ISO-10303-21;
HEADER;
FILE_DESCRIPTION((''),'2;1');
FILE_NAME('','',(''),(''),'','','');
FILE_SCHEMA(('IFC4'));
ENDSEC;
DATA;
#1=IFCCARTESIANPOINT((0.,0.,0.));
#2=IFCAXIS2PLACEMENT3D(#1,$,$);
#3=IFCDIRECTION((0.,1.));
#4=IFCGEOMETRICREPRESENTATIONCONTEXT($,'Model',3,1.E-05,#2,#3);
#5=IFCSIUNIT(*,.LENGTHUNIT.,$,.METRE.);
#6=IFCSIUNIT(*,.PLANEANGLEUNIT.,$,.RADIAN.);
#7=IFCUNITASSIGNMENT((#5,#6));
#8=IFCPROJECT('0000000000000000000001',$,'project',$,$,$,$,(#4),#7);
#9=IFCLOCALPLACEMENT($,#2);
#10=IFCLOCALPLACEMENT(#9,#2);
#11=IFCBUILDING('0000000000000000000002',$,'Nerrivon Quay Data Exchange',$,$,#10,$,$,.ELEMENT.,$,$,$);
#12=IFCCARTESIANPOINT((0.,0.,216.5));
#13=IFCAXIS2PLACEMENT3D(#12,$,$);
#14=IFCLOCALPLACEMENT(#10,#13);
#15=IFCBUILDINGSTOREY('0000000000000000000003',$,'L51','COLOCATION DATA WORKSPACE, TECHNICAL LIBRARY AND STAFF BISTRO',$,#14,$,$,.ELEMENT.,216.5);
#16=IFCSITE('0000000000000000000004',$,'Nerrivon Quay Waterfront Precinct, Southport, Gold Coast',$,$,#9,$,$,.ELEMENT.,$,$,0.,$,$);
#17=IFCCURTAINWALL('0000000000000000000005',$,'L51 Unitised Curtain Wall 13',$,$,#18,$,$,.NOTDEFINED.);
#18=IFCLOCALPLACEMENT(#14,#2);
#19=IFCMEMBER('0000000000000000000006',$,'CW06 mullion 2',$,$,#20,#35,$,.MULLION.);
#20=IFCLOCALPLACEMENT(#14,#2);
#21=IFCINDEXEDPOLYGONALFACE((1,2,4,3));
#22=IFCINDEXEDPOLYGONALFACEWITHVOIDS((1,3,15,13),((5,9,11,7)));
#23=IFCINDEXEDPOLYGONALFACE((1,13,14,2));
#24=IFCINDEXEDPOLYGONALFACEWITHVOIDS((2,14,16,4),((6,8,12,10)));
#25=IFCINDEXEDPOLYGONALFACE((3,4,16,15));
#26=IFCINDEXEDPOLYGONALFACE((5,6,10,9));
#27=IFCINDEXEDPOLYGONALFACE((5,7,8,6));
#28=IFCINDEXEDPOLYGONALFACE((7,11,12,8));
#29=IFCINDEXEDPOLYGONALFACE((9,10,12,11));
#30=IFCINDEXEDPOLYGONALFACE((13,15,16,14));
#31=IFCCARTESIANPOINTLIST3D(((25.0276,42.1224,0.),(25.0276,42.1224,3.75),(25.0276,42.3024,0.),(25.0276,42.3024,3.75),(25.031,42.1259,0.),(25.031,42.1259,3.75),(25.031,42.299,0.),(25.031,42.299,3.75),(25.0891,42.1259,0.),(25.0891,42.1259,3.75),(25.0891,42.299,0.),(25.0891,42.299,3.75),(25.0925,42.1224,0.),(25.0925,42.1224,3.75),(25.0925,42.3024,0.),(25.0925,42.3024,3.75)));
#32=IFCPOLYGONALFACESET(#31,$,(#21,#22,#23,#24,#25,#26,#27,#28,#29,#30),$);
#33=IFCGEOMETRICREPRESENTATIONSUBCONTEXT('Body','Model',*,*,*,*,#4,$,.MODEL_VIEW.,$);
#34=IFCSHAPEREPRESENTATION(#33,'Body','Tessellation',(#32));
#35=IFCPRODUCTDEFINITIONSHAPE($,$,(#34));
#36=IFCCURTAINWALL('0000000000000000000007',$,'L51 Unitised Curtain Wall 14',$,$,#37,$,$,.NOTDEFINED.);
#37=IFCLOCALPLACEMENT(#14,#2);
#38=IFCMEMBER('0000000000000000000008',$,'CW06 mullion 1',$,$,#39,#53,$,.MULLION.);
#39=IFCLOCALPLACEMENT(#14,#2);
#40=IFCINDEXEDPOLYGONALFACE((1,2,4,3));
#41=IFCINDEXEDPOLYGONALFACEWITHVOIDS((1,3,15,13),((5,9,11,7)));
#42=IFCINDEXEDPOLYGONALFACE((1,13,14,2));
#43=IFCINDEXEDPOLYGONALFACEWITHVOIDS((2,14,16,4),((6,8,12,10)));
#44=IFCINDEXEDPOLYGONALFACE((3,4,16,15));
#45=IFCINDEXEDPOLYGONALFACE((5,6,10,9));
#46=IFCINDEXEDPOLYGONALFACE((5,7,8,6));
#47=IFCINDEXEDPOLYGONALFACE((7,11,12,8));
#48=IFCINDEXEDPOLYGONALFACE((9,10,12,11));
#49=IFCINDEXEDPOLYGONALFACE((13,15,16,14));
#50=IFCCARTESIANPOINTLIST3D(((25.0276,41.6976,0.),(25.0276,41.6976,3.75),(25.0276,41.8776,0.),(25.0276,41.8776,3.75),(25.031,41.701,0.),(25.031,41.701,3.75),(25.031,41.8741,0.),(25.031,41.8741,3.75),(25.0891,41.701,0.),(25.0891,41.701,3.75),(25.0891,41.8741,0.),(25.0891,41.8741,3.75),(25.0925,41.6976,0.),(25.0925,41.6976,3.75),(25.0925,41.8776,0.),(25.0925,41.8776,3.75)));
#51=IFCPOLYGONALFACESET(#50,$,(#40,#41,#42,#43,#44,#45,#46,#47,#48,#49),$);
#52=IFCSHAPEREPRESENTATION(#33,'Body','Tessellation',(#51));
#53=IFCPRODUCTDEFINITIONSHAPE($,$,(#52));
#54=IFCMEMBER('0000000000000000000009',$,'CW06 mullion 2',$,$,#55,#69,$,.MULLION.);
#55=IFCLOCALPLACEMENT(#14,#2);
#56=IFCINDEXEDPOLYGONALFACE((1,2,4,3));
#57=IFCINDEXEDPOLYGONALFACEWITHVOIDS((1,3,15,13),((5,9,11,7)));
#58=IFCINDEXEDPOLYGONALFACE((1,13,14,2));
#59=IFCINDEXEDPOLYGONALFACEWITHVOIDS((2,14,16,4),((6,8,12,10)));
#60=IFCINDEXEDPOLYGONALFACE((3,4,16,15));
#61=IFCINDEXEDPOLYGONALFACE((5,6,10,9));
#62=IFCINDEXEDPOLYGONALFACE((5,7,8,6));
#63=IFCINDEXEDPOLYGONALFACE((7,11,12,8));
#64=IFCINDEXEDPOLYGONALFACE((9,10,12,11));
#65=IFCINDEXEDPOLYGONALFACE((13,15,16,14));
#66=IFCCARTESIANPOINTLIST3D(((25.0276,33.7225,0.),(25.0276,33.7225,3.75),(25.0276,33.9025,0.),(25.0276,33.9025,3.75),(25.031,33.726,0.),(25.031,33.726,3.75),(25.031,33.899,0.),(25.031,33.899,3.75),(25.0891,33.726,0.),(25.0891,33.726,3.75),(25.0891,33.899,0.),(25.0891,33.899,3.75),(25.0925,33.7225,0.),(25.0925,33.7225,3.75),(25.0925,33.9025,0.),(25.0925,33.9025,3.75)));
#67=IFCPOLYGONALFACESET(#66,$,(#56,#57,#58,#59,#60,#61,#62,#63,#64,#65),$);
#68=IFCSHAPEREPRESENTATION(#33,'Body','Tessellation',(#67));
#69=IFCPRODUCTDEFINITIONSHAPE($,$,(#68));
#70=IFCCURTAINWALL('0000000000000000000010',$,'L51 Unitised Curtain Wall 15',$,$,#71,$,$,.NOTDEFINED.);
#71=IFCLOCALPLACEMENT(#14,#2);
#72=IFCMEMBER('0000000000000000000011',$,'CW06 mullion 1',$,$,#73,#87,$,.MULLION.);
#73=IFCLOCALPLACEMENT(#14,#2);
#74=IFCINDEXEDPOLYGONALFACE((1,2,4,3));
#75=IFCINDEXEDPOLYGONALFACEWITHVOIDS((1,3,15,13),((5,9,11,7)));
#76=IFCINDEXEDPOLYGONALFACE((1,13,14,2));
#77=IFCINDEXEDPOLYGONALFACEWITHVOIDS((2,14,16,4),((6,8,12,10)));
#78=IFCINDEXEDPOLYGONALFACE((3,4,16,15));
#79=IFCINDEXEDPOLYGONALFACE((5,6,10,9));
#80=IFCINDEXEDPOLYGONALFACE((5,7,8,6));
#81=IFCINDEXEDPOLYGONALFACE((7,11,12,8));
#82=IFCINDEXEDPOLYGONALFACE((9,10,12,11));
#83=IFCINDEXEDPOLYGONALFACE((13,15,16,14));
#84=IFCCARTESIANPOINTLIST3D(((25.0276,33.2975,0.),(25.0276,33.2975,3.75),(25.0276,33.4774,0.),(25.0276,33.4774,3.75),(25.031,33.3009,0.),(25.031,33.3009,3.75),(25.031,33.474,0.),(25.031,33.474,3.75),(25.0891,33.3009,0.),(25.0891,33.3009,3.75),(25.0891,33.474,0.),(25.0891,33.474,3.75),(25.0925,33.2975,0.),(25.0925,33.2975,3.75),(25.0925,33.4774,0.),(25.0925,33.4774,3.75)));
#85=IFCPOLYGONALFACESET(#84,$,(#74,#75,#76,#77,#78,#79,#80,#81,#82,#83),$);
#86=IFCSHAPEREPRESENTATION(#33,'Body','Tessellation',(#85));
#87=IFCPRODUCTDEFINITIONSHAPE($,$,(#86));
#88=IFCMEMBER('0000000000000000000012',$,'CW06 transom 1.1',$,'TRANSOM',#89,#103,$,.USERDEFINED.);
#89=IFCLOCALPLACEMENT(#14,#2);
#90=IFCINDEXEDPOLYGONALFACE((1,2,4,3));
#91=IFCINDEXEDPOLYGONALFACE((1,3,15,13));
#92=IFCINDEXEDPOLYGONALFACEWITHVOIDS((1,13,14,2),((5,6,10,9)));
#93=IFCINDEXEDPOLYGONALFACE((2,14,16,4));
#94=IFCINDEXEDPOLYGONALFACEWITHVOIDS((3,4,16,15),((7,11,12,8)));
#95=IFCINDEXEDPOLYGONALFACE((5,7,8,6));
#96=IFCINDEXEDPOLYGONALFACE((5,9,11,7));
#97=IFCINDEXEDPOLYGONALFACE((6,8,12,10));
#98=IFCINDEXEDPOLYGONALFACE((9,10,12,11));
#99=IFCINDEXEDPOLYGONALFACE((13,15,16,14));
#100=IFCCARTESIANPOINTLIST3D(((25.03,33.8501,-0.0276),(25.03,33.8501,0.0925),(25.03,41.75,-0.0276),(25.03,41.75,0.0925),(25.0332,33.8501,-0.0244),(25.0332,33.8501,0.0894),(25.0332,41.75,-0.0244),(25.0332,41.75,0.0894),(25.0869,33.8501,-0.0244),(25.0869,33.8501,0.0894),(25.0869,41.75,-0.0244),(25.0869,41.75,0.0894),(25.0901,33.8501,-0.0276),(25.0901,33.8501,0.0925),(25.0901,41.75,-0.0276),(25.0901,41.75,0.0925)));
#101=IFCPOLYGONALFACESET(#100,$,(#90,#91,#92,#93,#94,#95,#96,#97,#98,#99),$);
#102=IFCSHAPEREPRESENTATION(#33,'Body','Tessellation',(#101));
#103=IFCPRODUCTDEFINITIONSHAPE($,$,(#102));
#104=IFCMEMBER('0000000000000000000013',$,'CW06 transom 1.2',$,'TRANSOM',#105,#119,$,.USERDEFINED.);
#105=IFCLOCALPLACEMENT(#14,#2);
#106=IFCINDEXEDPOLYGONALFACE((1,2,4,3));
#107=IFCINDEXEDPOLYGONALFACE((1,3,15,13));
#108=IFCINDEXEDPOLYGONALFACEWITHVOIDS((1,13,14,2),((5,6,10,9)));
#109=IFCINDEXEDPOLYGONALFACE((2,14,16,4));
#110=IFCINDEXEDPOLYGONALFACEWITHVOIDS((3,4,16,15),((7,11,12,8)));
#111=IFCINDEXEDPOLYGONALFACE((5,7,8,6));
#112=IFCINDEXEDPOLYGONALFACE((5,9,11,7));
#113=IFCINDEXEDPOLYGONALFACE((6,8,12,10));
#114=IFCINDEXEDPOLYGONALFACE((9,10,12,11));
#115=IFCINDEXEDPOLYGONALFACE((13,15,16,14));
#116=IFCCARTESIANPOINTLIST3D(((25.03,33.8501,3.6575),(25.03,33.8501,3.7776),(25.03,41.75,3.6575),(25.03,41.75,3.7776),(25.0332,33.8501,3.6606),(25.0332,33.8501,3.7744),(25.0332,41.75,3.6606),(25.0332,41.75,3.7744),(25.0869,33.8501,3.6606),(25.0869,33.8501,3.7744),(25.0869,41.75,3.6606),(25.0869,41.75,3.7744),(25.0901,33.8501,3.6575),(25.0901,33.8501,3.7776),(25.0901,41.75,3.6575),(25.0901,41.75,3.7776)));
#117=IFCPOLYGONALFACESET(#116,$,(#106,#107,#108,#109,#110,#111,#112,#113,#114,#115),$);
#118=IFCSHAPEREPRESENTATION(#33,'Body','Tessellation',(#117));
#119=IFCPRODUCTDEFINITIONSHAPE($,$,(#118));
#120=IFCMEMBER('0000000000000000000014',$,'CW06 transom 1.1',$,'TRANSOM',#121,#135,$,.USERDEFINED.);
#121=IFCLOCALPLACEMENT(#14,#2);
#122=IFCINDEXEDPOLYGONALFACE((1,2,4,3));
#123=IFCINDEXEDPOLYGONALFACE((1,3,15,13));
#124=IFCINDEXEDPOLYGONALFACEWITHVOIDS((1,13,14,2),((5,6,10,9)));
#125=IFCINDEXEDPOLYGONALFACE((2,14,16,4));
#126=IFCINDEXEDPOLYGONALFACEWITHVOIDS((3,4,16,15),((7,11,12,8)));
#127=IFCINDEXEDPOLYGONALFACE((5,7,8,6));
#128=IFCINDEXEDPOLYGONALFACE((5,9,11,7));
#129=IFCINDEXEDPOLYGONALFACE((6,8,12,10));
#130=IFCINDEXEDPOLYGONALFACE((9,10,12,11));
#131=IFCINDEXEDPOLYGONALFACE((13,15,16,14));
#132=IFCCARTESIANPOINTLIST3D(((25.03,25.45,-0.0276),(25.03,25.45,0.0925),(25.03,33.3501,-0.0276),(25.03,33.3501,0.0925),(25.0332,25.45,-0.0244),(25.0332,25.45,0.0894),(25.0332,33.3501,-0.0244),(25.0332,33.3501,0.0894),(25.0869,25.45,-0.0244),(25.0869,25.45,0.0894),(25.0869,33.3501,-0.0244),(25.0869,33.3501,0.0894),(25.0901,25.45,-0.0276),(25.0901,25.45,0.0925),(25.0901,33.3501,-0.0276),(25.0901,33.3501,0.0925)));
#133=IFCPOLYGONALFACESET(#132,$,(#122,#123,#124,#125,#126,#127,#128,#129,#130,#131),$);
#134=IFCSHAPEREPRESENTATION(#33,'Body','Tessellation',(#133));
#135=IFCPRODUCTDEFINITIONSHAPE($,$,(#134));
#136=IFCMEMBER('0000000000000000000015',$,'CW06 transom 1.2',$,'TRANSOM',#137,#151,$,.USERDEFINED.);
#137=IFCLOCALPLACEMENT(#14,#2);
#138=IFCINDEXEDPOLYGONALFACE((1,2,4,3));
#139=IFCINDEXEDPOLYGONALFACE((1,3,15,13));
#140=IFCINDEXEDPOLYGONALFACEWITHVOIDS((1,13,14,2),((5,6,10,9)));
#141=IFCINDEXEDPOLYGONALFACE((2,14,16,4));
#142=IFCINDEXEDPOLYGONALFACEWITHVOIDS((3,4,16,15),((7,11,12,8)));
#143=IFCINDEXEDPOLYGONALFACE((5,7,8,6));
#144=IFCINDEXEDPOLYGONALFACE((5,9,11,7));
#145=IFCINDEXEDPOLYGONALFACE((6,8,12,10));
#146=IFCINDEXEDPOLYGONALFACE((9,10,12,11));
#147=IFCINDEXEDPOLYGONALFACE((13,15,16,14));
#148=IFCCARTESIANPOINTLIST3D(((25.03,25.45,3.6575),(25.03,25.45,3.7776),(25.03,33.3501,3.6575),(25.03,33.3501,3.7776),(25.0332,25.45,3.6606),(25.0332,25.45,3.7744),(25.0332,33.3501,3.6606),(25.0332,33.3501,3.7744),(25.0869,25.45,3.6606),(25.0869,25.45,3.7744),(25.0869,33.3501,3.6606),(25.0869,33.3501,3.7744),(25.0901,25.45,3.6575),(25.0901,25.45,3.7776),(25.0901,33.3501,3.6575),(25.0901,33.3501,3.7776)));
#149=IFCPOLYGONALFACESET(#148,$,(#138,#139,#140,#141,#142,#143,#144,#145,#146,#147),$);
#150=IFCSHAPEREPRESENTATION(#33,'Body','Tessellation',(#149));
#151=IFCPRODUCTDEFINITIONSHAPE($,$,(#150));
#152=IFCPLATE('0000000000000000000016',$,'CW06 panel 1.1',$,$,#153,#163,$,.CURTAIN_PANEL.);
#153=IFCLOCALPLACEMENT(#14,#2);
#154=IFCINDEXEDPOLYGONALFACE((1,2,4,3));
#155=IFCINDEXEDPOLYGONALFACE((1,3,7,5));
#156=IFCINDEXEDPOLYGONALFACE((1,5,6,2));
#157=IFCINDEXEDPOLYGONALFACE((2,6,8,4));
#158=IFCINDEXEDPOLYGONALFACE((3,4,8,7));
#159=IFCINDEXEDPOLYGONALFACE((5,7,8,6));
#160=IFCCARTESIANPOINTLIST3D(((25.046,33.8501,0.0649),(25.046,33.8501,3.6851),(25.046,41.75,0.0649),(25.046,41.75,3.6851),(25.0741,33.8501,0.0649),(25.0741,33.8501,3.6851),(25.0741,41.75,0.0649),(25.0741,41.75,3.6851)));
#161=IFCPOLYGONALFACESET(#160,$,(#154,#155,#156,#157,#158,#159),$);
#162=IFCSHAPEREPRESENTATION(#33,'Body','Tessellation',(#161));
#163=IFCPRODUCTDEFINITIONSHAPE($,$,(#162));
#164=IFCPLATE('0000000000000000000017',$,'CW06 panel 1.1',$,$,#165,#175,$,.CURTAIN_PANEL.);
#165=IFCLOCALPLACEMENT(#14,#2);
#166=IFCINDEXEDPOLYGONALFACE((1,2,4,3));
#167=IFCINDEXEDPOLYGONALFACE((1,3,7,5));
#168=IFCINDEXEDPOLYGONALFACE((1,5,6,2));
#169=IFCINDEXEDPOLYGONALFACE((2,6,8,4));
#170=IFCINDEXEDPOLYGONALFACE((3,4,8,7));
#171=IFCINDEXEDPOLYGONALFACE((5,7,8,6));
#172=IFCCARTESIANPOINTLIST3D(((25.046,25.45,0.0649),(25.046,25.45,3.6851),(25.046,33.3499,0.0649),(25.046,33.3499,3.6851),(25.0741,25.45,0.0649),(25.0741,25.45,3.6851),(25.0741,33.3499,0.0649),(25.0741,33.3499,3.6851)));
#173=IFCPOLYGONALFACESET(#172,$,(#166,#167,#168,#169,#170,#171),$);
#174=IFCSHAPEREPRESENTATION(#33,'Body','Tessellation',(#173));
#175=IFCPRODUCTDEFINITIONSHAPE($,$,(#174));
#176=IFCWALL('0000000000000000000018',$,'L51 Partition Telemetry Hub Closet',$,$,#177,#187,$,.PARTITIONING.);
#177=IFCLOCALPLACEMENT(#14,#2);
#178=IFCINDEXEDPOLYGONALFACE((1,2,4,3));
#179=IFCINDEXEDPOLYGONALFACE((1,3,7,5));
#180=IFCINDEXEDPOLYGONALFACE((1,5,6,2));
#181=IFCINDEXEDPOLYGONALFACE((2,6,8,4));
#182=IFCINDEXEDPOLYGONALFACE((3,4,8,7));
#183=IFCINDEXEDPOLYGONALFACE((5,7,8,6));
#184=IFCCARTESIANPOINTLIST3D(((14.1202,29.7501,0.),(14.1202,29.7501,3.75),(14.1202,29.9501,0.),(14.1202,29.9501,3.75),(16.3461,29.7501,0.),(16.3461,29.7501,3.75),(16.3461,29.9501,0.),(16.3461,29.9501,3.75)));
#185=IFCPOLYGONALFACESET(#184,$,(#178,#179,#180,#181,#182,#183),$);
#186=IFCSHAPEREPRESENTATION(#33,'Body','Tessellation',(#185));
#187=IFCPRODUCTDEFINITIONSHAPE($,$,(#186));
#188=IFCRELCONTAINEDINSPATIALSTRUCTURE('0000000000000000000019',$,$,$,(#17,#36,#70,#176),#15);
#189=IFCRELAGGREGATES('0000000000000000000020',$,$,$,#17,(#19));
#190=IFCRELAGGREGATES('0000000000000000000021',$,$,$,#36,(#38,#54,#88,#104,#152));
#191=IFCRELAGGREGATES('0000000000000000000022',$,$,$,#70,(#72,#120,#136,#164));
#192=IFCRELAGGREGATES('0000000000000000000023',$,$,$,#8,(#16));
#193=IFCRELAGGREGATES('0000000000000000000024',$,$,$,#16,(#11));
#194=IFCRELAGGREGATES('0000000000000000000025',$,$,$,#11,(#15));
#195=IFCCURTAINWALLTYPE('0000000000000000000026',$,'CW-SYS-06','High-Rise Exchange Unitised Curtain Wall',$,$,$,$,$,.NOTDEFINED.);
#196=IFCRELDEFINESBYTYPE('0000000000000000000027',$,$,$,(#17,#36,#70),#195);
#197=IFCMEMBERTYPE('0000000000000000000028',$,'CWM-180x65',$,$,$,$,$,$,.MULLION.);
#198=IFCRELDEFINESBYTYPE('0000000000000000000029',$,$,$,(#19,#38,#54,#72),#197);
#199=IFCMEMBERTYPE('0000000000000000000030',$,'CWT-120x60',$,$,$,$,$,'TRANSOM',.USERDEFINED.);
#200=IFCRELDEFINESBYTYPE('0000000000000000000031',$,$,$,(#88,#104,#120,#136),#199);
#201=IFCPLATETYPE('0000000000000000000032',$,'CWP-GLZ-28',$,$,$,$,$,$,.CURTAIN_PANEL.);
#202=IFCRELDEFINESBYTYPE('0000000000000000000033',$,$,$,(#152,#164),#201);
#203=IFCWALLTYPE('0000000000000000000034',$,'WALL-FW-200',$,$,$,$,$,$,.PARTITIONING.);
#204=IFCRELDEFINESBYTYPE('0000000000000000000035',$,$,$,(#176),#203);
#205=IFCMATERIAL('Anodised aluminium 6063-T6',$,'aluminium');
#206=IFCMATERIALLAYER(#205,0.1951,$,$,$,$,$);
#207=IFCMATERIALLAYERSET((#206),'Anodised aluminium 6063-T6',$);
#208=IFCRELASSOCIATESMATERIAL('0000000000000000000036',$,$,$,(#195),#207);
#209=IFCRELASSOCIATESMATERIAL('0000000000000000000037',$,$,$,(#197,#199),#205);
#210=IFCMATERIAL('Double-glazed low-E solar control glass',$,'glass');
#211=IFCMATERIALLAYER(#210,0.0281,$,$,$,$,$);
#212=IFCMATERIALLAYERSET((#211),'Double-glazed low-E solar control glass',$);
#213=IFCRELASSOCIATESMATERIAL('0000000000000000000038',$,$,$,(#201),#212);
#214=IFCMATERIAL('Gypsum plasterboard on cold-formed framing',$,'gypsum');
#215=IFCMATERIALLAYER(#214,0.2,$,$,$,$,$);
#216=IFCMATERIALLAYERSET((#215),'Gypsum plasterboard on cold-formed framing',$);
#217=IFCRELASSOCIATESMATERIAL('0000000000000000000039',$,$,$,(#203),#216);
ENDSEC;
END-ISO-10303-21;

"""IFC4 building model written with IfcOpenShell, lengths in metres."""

from ifc_helpers import new_model, si_unit, direction, frame, frame_2d, origin, origin_2d, place, context, subcontext, project, spatial, rectangle, hollow_rectangle, extrude, material, layer, layer_set, material_profile, profile_set, type_object, element, aggregate, save


model = new_model("IFC4")

# Units and contexts
model_context = context("Model", 3, precision=1e-05, world=origin(), true_north=direction((0.0, 1.0)))
body_context = subcontext(model_context, "Body", "Model", "MODEL_VIEW")
ifc_project = project(units=[si_unit("LENGTHUNIT", "METRE"), si_unit("PLANEANGLEUNIT", "RADIAN")], contexts=[model_context])

# Site, building, storey
site_placement = place(None, origin())
site = spatial("IfcSite", under=ifc_project, at=site_placement, Name="Nerrivon Quay Waterfront Precinct, Southport, Gold Coast", CompositionType="ELEMENT", RefElevation=0.0)
building_placement = place(site_placement, origin())
building = spatial("IfcBuilding", under=site, at=building_placement, Name="Nerrivon Quay Data Exchange", CompositionType="ELEMENT")
storey_placement = place(building_placement, frame((0.0, 0.0, 216.5)))
storey = spatial("IfcBuildingStorey", under=building, at=storey_placement, Name="L51", Description="COLOCATION DATA WORKSPACE, TECHNICAL LIBRARY AND STAFF BISTRO", CompositionType="ELEMENT", Elevation=216.5)

# Curtain wall, member
ifc_material_1 = material(Name="Anodised aluminium 6063-T6", Category="aluminium")
ifc_layer_1 = layer(ifc_material_1, 0.1951)
ifc_layer_set_1 = layer_set([ifc_layer_1], Name="Anodised aluminium 6063-T6")
curtain_wall_type = type_object("IfcCurtainWallType", Name="CW-SYS-06", Description="High-Rise Exchange Unitised Curtain Wall", PredefinedType="NOTDEFINED", material=ifc_layer_set_1)
curtain_wall_1_placement = place(storey_placement, origin())
curtain_wall_1 = element("IfcCurtainWall", 1, at=curtain_wall_1_placement, inside=storey, type_object=curtain_wall_type, Name="L51 Unitised Curtain Wall 13", PredefinedType="NOTDEFINED")
ifc_material_profile_1 = material_profile(ifc_material_1, hollow_rectangle(XDim=0.0649, YDim=0.1799, WallThickness=0.0034, at=origin_2d()), Name="ALU-MULL-180x65")
ifc_profile_set_1 = profile_set([ifc_material_profile_1], Name="Anodised aluminium 6063-T6")
member_type_1 = type_object("IfcMemberType", Name="CWM-180x65", PredefinedType="MULLION", material=ifc_profile_set_1)
member_1_placement = place(storey_placement, frame((25.0601, 42.2124, 0.0), z_axis=(0.0, 0.0, 1.0), x_axis=(1.0, 0.0, 0.0)))
member_1 = element("IfcMember", 2, at=member_1_placement, type_object=member_type_1, Name="CW06 mullion 2", PredefinedType="MULLION", context=body_context, shape_type="SweptSolid", body=[
    extrude(hollow_rectangle(XDim=0.0649, YDim=0.1799, WallThickness=0.0034, at=origin_2d()), origin(), (0.0, 0.0, 1.0), 3.75),
])
aggregate(curtain_wall_1, [member_1])

# Curtain wall, members
curtain_wall_2_placement = place(storey_placement, origin())
curtain_wall_2 = element("IfcCurtainWall", 3, at=curtain_wall_2_placement, inside=storey, type_object=curtain_wall_type, Name="L51 Unitised Curtain Wall 14", PredefinedType="NOTDEFINED")
member_2_placement = place(storey_placement, frame((25.0601, 41.7876, 0.0), z_axis=(0.0, 0.0, 1.0), x_axis=(1.0, 0.0, 0.0)))
member_2 = element("IfcMember", 4, at=member_2_placement, type_object=member_type_1, Name="CW06 mullion 1", PredefinedType="MULLION", context=body_context, shape_type="SweptSolid", body=[
    extrude(hollow_rectangle(XDim=0.0649, YDim=0.1799, WallThickness=0.0034, at=origin_2d()), origin(), (0.0, 0.0, 1.0), 3.75),
])
member_3_placement = place(storey_placement, frame((25.0601, 33.8125, 0.0), z_axis=(0.0, 0.0, 1.0), x_axis=(1.0, 0.0, 0.0)))
member_3 = element("IfcMember", 5, at=member_3_placement, type_object=member_type_1, Name="CW06 mullion 2", PredefinedType="MULLION", context=body_context, shape_type="SweptSolid", body=[
    extrude(hollow_rectangle(XDim=0.0649, YDim=0.1799, WallThickness=0.0034, at=origin_2d()), origin(), (0.0, 0.0, 1.0), 3.75),
])

# Curtain wall, member
curtain_wall_3_placement = place(storey_placement, origin())
curtain_wall_3 = element("IfcCurtainWall", 6, at=curtain_wall_3_placement, inside=storey, type_object=curtain_wall_type, Name="L51 Unitised Curtain Wall 15", PredefinedType="NOTDEFINED")
member_4_placement = place(storey_placement, frame((25.0601, 33.3875, 0.0), z_axis=(0.0, 0.0, 1.0), x_axis=(1.0, 0.0, 0.0)))
member_4 = element("IfcMember", 7, at=member_4_placement, type_object=member_type_1, Name="CW06 mullion 1", PredefinedType="MULLION", context=body_context, shape_type="SweptSolid", body=[
    extrude(hollow_rectangle(XDim=0.0649, YDim=0.1799, WallThickness=0.0034, at=origin_2d()), origin(), (0.0, 0.0, 1.0), 3.75),
])

# Members
ifc_material_profile_2 = material_profile(ifc_material_1, hollow_rectangle(XDim=0.0601, YDim=0.1201, WallThickness=0.0032, at=origin_2d()), Name="ALU-TRAN-120x60")
ifc_profile_set_2 = profile_set([ifc_material_profile_2], Name="Anodised aluminium 6063-T6")
member_type_2 = type_object("IfcMemberType", Name="CWT-120x60", ElementType="TRANSOM", PredefinedType="USERDEFINED", material=ifc_profile_set_2)
member_5_placement = place(storey_placement, frame((25.0601, 41.75, 0.0325), z_axis=(0.0, -1.0, 0.0), x_axis=(1.0, 0.0, 0.0)))
member_5 = element("IfcMember", 8, at=member_5_placement, type_object=member_type_2, Name="CW06 transom 1.1", ObjectType="TRANSOM", PredefinedType="USERDEFINED", context=body_context, shape_type="SweptSolid", body=[
    extrude(hollow_rectangle(XDim=0.0601, YDim=0.1201, WallThickness=0.0032, at=origin_2d()), origin(), (0.0, 0.0, 1.0), 7.8999),
])
member_6_placement = place(storey_placement, frame((25.0601, 41.75, 3.7175), z_axis=(0.0, -1.0, 0.0), x_axis=(1.0, 0.0, 0.0)))
member_6 = element("IfcMember", 9, at=member_6_placement, type_object=member_type_2, Name="CW06 transom 1.2", ObjectType="TRANSOM", PredefinedType="USERDEFINED", context=body_context, shape_type="SweptSolid", body=[
    extrude(hollow_rectangle(XDim=0.0601, YDim=0.1201, WallThickness=0.0032, at=origin_2d()), origin(), (0.0, 0.0, 1.0), 7.8999),
])
member_7_placement = place(storey_placement, frame((25.0601, 33.3501, 0.0325), z_axis=(0.0, -1.0, 0.0), x_axis=(1.0, 0.0, 0.0)))
member_7 = element("IfcMember", 10, at=member_7_placement, type_object=member_type_2, Name="CW06 transom 1.1", ObjectType="TRANSOM", PredefinedType="USERDEFINED", context=body_context, shape_type="SweptSolid", body=[
    extrude(hollow_rectangle(XDim=0.0601, YDim=0.1201, WallThickness=0.0032, at=origin_2d()), origin(), (0.0, 0.0, 1.0), 7.9001),
])
member_8_placement = place(storey_placement, frame((25.0601, 33.3501, 3.7175), z_axis=(0.0, -1.0, 0.0), x_axis=(1.0, 0.0, 0.0)))
member_8 = element("IfcMember", 11, at=member_8_placement, type_object=member_type_2, Name="CW06 transom 1.2", ObjectType="TRANSOM", PredefinedType="USERDEFINED", context=body_context, shape_type="SweptSolid", body=[
    extrude(hollow_rectangle(XDim=0.0601, YDim=0.1201, WallThickness=0.0032, at=origin_2d()), origin(), (0.0, 0.0, 1.0), 7.9001),
])

# Plates
ifc_material_2 = material(Name="Double-glazed low-E solar control glass", Category="glass")
ifc_layer_2 = layer(ifc_material_2, 0.0281)
ifc_layer_set_2 = layer_set([ifc_layer_2], Name="Double-glazed low-E solar control glass")
plate_type = type_object("IfcPlateType", Name="CWP-GLZ-28", PredefinedType="CURTAIN_PANEL", material=ifc_layer_set_2)
plate_1_placement = place(storey_placement, frame((25.0601, 37.8, 0.0649), z_axis=(0.0, 0.0, 1.0), x_axis=(0.0, -1.0, 0.0)))
plate_1 = element("IfcPlate", 12, at=plate_1_placement, type_object=plate_type, Name="CW06 panel 1.1", PredefinedType="CURTAIN_PANEL", context=body_context, shape_type="SweptSolid", body=[
    extrude(rectangle(XDim=7.8999, YDim=0.0281, at=origin_2d()), origin(), (0.0, 0.0, 1.0), 3.6201),
])
aggregate(curtain_wall_2, [member_2, member_3, member_5, member_6, plate_1])
plate_2_placement = place(storey_placement, frame((25.0601, 29.3999, 0.0649), z_axis=(0.0, 0.0, 1.0), x_axis=(0.0, -1.0, 0.0)))
plate_2 = element("IfcPlate", 13, at=plate_2_placement, type_object=plate_type, Name="CW06 panel 1.1", PredefinedType="CURTAIN_PANEL", context=body_context, shape_type="SweptSolid", body=[
    extrude(rectangle(XDim=7.8999, YDim=0.0281, at=origin_2d()), origin(), (0.0, 0.0, 1.0), 3.6201),
])
aggregate(curtain_wall_3, [member_4, member_7, member_8, plate_2])

# Wall
ifc_material_3 = material(Name="Gypsum plasterboard on cold-formed framing", Category="gypsum")
ifc_layer_3 = layer(ifc_material_3, 0.2)
ifc_layer_set_3 = layer_set([ifc_layer_3], Name="Gypsum plasterboard on cold-formed framing")
wall_type_1 = type_object("IfcWallType", Name="WALL-FW-200", PredefinedType="PARTITIONING", material=ifc_layer_set_3)
wall_1_placement = place(storey_placement, frame((16.3459, 29.8501, 0.0), z_axis=(0.0, 0.0, 1.0), x_axis=(-1.0, 0.0, 0.0)))
element("IfcWall", 14, at=wall_1_placement, inside=storey, type_object=wall_type_1, Name="L51 Partition Telemetry Hub Closet", PredefinedType="PARTITIONING", context=body_context, shape_type="SweptSolid", body=[
    extrude(rectangle(XDim=2.2258, YDim=0.2, at=frame_2d((1.1128, 0.0))), origin(), (0.0, 0.0, 1.0), 3.75),
])

save(model, "model.ifc")
